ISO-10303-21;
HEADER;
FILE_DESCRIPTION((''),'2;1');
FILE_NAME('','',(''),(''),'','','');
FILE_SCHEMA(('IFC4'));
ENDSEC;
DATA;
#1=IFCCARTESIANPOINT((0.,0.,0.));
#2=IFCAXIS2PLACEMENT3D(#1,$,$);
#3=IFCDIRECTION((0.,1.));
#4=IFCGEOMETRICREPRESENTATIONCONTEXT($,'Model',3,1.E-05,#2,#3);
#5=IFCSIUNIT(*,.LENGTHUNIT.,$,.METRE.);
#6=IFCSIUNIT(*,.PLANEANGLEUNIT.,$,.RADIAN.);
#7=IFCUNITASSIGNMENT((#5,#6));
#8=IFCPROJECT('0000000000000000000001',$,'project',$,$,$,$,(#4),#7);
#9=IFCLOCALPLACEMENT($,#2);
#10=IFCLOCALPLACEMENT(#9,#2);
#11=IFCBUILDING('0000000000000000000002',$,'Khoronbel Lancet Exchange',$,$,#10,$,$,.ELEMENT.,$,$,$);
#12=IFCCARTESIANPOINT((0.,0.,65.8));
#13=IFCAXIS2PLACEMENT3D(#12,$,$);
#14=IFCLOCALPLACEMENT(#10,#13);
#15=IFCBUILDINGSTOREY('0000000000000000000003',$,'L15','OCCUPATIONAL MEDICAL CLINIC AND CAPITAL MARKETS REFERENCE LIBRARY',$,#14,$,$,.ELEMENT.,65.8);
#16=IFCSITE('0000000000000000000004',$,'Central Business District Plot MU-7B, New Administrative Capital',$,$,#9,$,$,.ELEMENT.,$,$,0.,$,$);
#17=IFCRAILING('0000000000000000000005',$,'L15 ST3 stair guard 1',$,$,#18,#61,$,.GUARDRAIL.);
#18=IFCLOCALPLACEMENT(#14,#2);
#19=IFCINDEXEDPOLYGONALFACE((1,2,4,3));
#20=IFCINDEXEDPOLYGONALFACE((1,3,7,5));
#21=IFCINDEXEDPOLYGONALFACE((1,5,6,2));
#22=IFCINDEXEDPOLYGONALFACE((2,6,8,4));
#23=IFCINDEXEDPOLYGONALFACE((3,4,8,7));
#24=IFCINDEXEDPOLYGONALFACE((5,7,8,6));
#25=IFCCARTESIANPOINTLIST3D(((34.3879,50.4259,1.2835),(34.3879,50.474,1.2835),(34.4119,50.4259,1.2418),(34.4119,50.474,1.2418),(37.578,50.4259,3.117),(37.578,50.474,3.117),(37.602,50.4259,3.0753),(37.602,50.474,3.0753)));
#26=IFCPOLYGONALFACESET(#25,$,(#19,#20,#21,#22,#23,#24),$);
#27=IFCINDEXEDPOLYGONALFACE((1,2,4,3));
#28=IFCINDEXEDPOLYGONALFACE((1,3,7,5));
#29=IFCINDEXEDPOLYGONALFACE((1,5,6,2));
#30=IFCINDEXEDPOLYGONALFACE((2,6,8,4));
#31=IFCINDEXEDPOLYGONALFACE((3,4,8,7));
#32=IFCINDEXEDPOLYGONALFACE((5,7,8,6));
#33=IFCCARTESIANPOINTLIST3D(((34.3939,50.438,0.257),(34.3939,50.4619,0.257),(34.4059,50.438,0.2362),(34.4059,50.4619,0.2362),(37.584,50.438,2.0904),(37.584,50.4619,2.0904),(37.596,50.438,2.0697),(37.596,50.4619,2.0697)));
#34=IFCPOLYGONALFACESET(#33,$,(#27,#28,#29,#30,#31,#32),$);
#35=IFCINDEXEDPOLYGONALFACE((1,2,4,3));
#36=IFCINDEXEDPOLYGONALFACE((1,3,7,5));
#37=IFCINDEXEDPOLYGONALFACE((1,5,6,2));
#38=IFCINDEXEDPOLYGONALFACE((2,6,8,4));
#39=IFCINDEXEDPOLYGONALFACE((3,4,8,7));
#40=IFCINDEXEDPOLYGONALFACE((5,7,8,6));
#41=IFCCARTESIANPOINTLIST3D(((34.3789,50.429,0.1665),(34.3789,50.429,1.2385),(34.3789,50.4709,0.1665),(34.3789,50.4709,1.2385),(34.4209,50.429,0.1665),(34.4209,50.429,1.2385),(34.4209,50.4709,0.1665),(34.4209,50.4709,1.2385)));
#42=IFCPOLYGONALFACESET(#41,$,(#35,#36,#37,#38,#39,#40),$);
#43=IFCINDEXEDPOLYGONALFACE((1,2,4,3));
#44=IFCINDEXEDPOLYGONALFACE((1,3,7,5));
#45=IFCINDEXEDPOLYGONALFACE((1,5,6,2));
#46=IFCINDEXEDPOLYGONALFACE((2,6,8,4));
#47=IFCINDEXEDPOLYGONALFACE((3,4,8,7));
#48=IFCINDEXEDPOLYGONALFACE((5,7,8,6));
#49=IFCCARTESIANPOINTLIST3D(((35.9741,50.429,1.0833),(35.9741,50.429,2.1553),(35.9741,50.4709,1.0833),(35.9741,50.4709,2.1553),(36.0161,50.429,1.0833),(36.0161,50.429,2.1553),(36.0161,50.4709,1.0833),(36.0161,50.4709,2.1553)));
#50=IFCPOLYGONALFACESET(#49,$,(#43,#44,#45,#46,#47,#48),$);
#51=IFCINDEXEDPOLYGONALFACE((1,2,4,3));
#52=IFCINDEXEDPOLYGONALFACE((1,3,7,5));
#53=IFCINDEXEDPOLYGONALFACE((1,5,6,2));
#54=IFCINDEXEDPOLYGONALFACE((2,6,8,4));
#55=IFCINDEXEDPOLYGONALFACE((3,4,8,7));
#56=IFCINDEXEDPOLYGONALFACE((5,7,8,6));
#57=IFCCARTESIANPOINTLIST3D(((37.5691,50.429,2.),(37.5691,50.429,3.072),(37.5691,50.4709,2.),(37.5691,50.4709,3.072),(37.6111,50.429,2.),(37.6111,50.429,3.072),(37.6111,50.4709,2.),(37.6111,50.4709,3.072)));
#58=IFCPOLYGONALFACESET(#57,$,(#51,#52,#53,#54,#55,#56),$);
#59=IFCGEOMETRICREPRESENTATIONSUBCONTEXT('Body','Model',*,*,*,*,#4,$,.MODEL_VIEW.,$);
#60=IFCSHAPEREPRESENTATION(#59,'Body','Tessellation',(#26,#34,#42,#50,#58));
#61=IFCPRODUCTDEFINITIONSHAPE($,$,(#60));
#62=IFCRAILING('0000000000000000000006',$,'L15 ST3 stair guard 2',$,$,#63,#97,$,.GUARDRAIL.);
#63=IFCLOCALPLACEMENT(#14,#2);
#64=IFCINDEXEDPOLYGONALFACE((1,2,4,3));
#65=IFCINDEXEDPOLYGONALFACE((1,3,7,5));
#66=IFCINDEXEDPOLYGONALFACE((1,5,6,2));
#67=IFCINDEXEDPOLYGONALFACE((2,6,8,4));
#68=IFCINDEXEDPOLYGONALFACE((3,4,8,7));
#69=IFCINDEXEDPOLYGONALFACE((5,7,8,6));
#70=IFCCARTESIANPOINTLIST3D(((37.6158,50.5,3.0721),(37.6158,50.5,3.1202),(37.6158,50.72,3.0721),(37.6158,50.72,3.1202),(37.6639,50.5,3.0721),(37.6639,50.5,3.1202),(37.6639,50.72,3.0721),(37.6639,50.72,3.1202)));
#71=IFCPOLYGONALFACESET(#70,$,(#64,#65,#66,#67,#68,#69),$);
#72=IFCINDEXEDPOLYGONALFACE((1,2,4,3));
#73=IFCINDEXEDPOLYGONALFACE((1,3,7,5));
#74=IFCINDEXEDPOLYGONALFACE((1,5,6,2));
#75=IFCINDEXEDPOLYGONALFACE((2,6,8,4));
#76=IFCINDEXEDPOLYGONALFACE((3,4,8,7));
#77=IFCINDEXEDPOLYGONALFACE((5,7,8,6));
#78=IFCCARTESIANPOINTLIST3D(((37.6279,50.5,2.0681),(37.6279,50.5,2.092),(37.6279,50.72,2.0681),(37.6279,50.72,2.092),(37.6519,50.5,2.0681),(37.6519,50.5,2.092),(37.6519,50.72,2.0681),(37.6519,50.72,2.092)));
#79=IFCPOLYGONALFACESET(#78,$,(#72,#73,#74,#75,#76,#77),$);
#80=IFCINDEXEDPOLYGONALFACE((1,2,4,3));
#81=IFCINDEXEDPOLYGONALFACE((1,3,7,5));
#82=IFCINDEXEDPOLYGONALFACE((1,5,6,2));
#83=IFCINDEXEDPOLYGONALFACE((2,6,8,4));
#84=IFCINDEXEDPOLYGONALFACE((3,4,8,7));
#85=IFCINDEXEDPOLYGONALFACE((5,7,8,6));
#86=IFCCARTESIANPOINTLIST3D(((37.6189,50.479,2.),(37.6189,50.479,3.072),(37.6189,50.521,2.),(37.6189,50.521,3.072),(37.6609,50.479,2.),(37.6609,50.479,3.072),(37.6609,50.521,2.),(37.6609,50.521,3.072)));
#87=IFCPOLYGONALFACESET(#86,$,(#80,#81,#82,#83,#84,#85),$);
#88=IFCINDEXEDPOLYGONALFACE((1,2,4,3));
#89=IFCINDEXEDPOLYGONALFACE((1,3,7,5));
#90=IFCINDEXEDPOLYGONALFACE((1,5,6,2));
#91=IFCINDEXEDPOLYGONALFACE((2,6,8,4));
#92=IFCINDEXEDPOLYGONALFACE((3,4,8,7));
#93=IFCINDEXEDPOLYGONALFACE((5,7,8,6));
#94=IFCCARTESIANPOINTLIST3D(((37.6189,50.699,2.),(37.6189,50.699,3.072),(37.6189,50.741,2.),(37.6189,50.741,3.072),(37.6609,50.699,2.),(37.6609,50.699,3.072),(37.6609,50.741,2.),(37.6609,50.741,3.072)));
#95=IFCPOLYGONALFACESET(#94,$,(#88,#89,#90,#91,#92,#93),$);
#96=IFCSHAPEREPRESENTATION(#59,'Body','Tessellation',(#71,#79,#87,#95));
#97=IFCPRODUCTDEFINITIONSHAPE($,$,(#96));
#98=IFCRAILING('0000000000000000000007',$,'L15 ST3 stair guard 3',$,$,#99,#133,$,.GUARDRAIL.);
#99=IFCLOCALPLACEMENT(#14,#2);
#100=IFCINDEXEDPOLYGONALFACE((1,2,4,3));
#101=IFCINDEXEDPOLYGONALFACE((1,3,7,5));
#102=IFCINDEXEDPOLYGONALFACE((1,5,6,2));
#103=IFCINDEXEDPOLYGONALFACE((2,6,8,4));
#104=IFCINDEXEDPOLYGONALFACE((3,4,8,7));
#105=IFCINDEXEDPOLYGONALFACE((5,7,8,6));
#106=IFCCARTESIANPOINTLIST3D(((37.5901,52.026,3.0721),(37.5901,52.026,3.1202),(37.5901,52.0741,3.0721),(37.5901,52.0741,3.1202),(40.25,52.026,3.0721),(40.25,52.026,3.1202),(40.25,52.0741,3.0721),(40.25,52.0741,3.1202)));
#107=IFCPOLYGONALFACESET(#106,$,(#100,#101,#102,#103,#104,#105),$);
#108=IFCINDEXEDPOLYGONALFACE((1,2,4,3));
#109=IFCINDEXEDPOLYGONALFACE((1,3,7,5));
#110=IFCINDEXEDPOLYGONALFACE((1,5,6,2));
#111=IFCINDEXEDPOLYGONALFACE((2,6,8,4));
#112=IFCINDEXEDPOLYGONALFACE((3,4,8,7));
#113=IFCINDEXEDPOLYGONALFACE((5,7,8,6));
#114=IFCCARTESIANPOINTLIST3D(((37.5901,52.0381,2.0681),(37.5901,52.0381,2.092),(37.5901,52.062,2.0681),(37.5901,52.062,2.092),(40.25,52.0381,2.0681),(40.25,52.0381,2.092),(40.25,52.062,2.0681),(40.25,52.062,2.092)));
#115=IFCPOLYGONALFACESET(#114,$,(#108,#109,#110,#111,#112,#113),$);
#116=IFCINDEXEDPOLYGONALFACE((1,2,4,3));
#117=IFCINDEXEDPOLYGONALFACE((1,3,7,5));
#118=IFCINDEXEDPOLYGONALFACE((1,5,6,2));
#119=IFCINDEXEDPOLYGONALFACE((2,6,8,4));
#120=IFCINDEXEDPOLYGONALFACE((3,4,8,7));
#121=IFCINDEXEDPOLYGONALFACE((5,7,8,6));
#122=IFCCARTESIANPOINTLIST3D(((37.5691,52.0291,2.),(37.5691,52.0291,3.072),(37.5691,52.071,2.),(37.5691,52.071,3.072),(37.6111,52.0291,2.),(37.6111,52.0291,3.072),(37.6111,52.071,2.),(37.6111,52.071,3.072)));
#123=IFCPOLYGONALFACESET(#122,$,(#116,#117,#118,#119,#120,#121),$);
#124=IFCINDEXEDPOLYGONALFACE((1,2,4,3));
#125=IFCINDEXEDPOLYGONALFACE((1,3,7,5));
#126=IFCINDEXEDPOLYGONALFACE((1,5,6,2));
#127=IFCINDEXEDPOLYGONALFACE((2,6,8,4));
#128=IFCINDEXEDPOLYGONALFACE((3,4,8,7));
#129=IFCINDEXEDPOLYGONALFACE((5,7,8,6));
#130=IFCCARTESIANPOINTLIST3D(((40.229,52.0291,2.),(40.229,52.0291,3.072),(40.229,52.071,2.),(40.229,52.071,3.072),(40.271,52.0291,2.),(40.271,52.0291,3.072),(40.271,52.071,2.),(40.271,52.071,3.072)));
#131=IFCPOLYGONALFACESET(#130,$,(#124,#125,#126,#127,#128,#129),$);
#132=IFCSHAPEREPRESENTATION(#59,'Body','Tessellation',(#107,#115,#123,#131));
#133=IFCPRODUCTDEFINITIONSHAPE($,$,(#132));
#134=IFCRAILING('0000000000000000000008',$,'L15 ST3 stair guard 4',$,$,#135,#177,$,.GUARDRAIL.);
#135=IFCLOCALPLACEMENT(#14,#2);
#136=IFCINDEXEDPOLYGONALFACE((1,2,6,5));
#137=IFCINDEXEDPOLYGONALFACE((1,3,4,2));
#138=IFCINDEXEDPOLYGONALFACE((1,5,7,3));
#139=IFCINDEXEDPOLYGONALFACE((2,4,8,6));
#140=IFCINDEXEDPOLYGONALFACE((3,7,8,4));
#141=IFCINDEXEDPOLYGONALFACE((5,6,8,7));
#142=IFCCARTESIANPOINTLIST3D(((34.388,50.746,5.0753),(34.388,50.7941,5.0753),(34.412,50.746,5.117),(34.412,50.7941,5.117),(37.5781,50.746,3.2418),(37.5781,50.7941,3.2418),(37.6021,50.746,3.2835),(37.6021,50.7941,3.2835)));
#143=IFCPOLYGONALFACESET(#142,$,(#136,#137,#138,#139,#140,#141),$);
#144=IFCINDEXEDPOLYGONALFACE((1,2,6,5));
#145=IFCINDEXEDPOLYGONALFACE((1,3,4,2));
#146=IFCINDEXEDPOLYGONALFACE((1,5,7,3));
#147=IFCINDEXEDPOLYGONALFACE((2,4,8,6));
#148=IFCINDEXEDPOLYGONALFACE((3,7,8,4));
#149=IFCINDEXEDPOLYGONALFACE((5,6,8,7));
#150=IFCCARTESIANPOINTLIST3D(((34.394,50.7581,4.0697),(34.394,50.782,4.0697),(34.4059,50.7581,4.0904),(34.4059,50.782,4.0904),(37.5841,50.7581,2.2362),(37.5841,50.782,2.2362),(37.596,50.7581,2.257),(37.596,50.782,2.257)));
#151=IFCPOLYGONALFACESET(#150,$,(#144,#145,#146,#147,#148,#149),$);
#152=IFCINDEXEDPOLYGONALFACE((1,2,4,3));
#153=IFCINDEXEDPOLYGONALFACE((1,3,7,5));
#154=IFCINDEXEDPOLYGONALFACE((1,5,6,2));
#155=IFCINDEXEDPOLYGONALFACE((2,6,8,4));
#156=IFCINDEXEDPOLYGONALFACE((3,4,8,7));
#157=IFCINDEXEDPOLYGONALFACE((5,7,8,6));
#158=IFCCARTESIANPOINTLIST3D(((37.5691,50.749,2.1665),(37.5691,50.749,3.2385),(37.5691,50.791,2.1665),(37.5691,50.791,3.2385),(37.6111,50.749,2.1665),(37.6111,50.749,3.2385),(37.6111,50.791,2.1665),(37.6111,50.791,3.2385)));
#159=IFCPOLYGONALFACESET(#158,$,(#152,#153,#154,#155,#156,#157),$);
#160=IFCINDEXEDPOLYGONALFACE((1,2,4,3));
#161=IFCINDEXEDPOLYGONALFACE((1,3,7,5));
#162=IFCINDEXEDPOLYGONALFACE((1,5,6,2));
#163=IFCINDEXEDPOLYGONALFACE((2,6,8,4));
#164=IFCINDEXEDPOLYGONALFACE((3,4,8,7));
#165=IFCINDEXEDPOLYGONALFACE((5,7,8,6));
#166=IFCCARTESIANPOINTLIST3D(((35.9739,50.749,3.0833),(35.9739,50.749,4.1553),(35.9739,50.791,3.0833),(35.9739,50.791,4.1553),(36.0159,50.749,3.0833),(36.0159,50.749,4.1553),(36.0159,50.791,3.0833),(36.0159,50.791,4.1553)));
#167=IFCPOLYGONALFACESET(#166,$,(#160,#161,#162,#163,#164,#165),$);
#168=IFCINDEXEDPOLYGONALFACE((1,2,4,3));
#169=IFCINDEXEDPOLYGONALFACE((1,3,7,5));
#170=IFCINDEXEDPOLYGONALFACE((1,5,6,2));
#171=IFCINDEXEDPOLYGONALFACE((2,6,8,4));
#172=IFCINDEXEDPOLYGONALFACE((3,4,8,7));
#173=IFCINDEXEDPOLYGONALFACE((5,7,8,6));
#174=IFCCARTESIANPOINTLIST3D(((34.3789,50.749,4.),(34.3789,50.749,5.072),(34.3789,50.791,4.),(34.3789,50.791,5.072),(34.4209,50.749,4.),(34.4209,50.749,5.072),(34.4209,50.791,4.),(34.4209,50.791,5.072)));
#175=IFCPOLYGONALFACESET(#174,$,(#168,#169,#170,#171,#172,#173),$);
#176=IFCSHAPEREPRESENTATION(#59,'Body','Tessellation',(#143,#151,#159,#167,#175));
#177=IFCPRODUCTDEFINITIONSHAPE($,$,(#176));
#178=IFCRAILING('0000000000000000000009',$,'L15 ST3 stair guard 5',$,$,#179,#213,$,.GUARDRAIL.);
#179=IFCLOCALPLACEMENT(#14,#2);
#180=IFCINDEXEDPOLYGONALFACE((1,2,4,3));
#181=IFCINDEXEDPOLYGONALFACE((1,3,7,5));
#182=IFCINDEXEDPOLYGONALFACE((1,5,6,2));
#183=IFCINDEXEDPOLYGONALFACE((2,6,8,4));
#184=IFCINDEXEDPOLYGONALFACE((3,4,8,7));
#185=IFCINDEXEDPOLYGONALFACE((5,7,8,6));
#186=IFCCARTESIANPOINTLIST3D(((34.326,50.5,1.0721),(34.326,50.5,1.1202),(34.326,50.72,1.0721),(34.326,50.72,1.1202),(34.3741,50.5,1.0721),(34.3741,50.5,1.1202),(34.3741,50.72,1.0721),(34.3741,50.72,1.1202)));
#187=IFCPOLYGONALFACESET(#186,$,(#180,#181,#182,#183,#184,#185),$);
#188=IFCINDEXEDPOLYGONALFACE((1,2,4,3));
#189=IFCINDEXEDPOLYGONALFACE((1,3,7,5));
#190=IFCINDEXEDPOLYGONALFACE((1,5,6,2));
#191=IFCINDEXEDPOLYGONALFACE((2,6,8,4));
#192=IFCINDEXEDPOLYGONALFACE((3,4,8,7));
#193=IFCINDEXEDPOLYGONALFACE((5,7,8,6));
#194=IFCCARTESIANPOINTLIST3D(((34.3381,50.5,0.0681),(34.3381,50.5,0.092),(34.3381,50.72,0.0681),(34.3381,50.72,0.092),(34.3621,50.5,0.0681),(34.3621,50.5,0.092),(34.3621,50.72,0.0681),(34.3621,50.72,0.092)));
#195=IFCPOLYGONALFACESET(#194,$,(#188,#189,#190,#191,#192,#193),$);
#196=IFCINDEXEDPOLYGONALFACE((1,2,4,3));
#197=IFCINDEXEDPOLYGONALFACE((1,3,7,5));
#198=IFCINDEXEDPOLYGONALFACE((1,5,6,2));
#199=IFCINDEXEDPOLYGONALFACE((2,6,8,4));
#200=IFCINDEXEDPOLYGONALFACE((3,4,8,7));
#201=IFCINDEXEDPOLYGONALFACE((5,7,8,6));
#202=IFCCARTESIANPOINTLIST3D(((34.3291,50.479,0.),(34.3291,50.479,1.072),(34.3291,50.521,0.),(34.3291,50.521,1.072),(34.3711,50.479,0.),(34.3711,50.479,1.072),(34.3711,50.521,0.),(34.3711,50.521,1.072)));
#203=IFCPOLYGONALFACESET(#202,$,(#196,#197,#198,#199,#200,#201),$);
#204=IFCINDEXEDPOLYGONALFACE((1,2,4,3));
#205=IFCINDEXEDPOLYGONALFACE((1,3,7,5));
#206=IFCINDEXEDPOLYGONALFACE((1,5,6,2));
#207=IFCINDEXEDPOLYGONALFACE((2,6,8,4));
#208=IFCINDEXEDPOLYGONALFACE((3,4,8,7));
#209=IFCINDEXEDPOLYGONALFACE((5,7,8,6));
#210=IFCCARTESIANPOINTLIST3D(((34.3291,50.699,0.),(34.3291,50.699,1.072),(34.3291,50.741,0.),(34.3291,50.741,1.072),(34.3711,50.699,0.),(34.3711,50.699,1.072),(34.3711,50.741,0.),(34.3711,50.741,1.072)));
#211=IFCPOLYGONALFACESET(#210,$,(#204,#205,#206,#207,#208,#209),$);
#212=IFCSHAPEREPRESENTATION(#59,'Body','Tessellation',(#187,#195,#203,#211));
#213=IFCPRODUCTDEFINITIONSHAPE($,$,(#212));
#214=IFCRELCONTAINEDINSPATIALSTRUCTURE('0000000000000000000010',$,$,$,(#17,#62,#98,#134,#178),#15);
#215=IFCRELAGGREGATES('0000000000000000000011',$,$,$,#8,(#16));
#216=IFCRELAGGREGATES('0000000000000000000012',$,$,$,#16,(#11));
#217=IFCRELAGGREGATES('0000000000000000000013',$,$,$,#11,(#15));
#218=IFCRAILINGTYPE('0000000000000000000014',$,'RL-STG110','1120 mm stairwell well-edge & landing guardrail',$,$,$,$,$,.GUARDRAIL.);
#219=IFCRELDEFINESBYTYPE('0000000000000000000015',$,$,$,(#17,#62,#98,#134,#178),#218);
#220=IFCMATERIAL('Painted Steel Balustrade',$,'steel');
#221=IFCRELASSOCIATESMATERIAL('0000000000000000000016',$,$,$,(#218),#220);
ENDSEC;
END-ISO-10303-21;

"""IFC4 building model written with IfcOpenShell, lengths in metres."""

from ifc_helpers import new_model, si_unit, direction, frame, origin, origin_2d, place, context, subcontext, project, spatial, rectangle, extrude, material, type_object, element, save


model = new_model("IFC4")

# Units and contexts
model_context = context("Model", 3, precision=1e-05, world=origin(), true_north=direction((0.0, 1.0)))
body_context = subcontext(model_context, "Body", "Model", "MODEL_VIEW")
ifc_project = project(units=[si_unit("LENGTHUNIT", "METRE"), si_unit("PLANEANGLEUNIT", "RADIAN")], contexts=[model_context])

# Site, building, storey
site_placement = place(None, origin())
site = spatial("IfcSite", under=ifc_project, at=site_placement, Name="Central Business District Plot MU-7B, New Administrative Capital", CompositionType="ELEMENT", RefElevation=0.0)
building_placement = place(site_placement, origin())
building = spatial("IfcBuilding", under=site, at=building_placement, Name="Khoronbel Lancet Exchange", CompositionType="ELEMENT")
storey_placement = place(building_placement, frame((0.0, 0.0, 65.8)))
storey = spatial("IfcBuildingStorey", under=building, at=storey_placement, Name="L15", Description="OCCUPATIONAL MEDICAL CLINIC AND CAPITAL MARKETS REFERENCE LIBRARY", CompositionType="ELEMENT", Elevation=65.8)

# Railings
ifc_material_1 = material(Name="Painted Steel Balustrade", Category="steel")
railing_type_1 = type_object("IfcRailingType", Name="RL-STG110", Description="1120 mm stairwell well-edge & landing guardrail", PredefinedType="GUARDRAIL", material=ifc_material_1)
railing_1_placement = place(storey_placement, frame((34.3999, 50.45, 0.1665)))
element("IfcRailing", 1, at=railing_1_placement, inside=storey, type_object=railing_type_1, Name="L15 ST3 stair guard 1", PredefinedType="GUARDRAIL", context=body_context, shape_type="SweptSolid", body=[
    extrude(rectangle(XDim=0.0481, YDim=0.0481, at=origin_2d()), frame((0.0, 0.0, 1.0962), z_axis=(0.867007, 0.0, 0.498295), x_axis=(0.0, 1.0, 0.0)), (0.0, 0.0, 1.0), 3.6794),
    extrude(rectangle(XDim=0.0239, YDim=0.0239, at=origin_2d()), frame((0.0, 0.0, 0.0801), z_axis=(0.867007, 0.0, 0.498295), x_axis=(0.0, 1.0, 0.0)), (0.0, 0.0, 1.0), 3.6794),
    extrude(rectangle(XDim=0.042, YDim=0.042, at=origin_2d()), origin(), (0.0, 0.0, 1.0), 1.072),
    extrude(rectangle(XDim=0.042, YDim=0.042, at=origin_2d()), frame((1.5952, 0.0, 0.9167)), (0.0, 0.0, 1.0), 1.072),
    extrude(rectangle(XDim=0.042, YDim=0.042, at=origin_2d()), frame((3.1902, 0.0, 1.8335)), (0.0, 0.0, 1.0), 1.072),
])
railing_2_placement = place(storey_placement, frame((37.6399, 50.5, 2.0)))
element("IfcRailing", 2, at=railing_2_placement, inside=storey, type_object=railing_type_1, Name="L15 ST3 stair guard 2", PredefinedType="GUARDRAIL", context=body_context, shape_type="SweptSolid", body=[
    extrude(rectangle(XDim=0.0481, YDim=0.0481, at=origin_2d()), frame((0.0, 0.0, 1.0962), z_axis=(0.0, 1.0, 0.0), x_axis=(-1.0, 0.0, 0.0)), (0.0, 0.0, 1.0), 0.22),
    extrude(rectangle(XDim=0.0239, YDim=0.0239, at=origin_2d()), frame((0.0, 0.0, 0.0801), z_axis=(0.0, 1.0, 0.0), x_axis=(-1.0, 0.0, 0.0)), (0.0, 0.0, 1.0), 0.22),
    extrude(rectangle(XDim=0.042, YDim=0.042, at=origin_2d()), origin(), (0.0, 0.0, 1.0), 1.072),
    extrude(rectangle(XDim=0.042, YDim=0.042, at=origin_2d()), frame((0.0, 0.22, 0.0)), (0.0, 0.0, 1.0), 1.072),
])
railing_3_placement = place(storey_placement, frame((37.5901, 52.05, 2.0)))
element("IfcRailing", 3, at=railing_3_placement, inside=storey, type_object=railing_type_1, Name="L15 ST3 stair guard 3", PredefinedType="GUARDRAIL", context=body_context, shape_type="SweptSolid", body=[
    extrude(rectangle(XDim=0.0481, YDim=0.0481, at=origin_2d()), frame((0.0, 0.0, 1.0962), z_axis=(1.0, 0.0, 0.0), x_axis=(0.0, 1.0, 0.0)), (0.0, 0.0, 1.0), 2.6599),
    extrude(rectangle(XDim=0.0239, YDim=0.0239, at=origin_2d()), frame((0.0, 0.0, 0.0801), z_axis=(1.0, 0.0, 0.0), x_axis=(0.0, 1.0, 0.0)), (0.0, 0.0, 1.0), 2.6599),
    extrude(rectangle(XDim=0.042, YDim=0.042, at=origin_2d()), origin(), (0.0, 0.0, 1.0), 1.072),
    extrude(rectangle(XDim=0.042, YDim=0.042, at=origin_2d()), frame((2.6599, 0.0, 0.0)), (0.0, 0.0, 1.0), 1.072),
])
railing_4_placement = place(storey_placement, frame((37.5901, 50.77, 2.1665)))
element("IfcRailing", 4, at=railing_4_placement, inside=storey, type_object=railing_type_1, Name="L15 ST3 stair guard 4", PredefinedType="GUARDRAIL", context=body_context, shape_type="SweptSolid", body=[
    extrude(rectangle(XDim=0.0481, YDim=0.0481, at=origin_2d()), frame((0.0, 0.0, 1.0962), z_axis=(-0.867007, 0.0, 0.498295), x_axis=(0.0, -1.0, 0.0)), (0.0, 0.0, 1.0), 3.6794),
    extrude(rectangle(XDim=0.0239, YDim=0.0239, at=origin_2d()), frame((0.0, 0.0, 0.0801), z_axis=(-0.867007, 0.0, 0.498295), x_axis=(0.0, -1.0, 0.0)), (0.0, 0.0, 1.0), 3.6794),
    extrude(rectangle(XDim=0.042, YDim=0.042, at=origin_2d()), origin(), (0.0, 0.0, 1.0), 1.072),
    extrude(rectangle(XDim=0.042, YDim=0.042, at=origin_2d()), frame((-1.5952, 0.0, 0.9167)), (0.0, 0.0, 1.0), 1.072),
    extrude(rectangle(XDim=0.042, YDim=0.042, at=origin_2d()), frame((-3.1902, 0.0, 1.8335)), (0.0, 0.0, 1.0), 1.072),
])
railing_5_placement = place(storey_placement, frame((34.3501, 50.5, 0.0)))
element("IfcRailing", 5, at=railing_5_placement, inside=storey, type_object=railing_type_1, Name="L15 ST3 stair guard 5", PredefinedType="GUARDRAIL", context=body_context, shape_type="SweptSolid", body=[
    extrude(rectangle(XDim=0.0481, YDim=0.0481, at=origin_2d()), frame((0.0, 0.0, 1.0962), z_axis=(0.0, 1.0, 0.0), x_axis=(-1.0, 0.0, 0.0)), (0.0, 0.0, 1.0), 0.22),
    extrude(rectangle(XDim=0.0239, YDim=0.0239, at=origin_2d()), frame((0.0, 0.0, 0.0801), z_axis=(0.0, 1.0, 0.0), x_axis=(-1.0, 0.0, 0.0)), (0.0, 0.0, 1.0), 0.22),
    extrude(rectangle(XDim=0.042, YDim=0.042, at=origin_2d()), origin(), (0.0, 0.0, 1.0), 1.072),
    extrude(rectangle(XDim=0.042, YDim=0.042, at=origin_2d()), frame((0.0, 0.22, 0.0)), (0.0, 0.0, 1.0), 1.072),
])

save(model, "model.ifc")
